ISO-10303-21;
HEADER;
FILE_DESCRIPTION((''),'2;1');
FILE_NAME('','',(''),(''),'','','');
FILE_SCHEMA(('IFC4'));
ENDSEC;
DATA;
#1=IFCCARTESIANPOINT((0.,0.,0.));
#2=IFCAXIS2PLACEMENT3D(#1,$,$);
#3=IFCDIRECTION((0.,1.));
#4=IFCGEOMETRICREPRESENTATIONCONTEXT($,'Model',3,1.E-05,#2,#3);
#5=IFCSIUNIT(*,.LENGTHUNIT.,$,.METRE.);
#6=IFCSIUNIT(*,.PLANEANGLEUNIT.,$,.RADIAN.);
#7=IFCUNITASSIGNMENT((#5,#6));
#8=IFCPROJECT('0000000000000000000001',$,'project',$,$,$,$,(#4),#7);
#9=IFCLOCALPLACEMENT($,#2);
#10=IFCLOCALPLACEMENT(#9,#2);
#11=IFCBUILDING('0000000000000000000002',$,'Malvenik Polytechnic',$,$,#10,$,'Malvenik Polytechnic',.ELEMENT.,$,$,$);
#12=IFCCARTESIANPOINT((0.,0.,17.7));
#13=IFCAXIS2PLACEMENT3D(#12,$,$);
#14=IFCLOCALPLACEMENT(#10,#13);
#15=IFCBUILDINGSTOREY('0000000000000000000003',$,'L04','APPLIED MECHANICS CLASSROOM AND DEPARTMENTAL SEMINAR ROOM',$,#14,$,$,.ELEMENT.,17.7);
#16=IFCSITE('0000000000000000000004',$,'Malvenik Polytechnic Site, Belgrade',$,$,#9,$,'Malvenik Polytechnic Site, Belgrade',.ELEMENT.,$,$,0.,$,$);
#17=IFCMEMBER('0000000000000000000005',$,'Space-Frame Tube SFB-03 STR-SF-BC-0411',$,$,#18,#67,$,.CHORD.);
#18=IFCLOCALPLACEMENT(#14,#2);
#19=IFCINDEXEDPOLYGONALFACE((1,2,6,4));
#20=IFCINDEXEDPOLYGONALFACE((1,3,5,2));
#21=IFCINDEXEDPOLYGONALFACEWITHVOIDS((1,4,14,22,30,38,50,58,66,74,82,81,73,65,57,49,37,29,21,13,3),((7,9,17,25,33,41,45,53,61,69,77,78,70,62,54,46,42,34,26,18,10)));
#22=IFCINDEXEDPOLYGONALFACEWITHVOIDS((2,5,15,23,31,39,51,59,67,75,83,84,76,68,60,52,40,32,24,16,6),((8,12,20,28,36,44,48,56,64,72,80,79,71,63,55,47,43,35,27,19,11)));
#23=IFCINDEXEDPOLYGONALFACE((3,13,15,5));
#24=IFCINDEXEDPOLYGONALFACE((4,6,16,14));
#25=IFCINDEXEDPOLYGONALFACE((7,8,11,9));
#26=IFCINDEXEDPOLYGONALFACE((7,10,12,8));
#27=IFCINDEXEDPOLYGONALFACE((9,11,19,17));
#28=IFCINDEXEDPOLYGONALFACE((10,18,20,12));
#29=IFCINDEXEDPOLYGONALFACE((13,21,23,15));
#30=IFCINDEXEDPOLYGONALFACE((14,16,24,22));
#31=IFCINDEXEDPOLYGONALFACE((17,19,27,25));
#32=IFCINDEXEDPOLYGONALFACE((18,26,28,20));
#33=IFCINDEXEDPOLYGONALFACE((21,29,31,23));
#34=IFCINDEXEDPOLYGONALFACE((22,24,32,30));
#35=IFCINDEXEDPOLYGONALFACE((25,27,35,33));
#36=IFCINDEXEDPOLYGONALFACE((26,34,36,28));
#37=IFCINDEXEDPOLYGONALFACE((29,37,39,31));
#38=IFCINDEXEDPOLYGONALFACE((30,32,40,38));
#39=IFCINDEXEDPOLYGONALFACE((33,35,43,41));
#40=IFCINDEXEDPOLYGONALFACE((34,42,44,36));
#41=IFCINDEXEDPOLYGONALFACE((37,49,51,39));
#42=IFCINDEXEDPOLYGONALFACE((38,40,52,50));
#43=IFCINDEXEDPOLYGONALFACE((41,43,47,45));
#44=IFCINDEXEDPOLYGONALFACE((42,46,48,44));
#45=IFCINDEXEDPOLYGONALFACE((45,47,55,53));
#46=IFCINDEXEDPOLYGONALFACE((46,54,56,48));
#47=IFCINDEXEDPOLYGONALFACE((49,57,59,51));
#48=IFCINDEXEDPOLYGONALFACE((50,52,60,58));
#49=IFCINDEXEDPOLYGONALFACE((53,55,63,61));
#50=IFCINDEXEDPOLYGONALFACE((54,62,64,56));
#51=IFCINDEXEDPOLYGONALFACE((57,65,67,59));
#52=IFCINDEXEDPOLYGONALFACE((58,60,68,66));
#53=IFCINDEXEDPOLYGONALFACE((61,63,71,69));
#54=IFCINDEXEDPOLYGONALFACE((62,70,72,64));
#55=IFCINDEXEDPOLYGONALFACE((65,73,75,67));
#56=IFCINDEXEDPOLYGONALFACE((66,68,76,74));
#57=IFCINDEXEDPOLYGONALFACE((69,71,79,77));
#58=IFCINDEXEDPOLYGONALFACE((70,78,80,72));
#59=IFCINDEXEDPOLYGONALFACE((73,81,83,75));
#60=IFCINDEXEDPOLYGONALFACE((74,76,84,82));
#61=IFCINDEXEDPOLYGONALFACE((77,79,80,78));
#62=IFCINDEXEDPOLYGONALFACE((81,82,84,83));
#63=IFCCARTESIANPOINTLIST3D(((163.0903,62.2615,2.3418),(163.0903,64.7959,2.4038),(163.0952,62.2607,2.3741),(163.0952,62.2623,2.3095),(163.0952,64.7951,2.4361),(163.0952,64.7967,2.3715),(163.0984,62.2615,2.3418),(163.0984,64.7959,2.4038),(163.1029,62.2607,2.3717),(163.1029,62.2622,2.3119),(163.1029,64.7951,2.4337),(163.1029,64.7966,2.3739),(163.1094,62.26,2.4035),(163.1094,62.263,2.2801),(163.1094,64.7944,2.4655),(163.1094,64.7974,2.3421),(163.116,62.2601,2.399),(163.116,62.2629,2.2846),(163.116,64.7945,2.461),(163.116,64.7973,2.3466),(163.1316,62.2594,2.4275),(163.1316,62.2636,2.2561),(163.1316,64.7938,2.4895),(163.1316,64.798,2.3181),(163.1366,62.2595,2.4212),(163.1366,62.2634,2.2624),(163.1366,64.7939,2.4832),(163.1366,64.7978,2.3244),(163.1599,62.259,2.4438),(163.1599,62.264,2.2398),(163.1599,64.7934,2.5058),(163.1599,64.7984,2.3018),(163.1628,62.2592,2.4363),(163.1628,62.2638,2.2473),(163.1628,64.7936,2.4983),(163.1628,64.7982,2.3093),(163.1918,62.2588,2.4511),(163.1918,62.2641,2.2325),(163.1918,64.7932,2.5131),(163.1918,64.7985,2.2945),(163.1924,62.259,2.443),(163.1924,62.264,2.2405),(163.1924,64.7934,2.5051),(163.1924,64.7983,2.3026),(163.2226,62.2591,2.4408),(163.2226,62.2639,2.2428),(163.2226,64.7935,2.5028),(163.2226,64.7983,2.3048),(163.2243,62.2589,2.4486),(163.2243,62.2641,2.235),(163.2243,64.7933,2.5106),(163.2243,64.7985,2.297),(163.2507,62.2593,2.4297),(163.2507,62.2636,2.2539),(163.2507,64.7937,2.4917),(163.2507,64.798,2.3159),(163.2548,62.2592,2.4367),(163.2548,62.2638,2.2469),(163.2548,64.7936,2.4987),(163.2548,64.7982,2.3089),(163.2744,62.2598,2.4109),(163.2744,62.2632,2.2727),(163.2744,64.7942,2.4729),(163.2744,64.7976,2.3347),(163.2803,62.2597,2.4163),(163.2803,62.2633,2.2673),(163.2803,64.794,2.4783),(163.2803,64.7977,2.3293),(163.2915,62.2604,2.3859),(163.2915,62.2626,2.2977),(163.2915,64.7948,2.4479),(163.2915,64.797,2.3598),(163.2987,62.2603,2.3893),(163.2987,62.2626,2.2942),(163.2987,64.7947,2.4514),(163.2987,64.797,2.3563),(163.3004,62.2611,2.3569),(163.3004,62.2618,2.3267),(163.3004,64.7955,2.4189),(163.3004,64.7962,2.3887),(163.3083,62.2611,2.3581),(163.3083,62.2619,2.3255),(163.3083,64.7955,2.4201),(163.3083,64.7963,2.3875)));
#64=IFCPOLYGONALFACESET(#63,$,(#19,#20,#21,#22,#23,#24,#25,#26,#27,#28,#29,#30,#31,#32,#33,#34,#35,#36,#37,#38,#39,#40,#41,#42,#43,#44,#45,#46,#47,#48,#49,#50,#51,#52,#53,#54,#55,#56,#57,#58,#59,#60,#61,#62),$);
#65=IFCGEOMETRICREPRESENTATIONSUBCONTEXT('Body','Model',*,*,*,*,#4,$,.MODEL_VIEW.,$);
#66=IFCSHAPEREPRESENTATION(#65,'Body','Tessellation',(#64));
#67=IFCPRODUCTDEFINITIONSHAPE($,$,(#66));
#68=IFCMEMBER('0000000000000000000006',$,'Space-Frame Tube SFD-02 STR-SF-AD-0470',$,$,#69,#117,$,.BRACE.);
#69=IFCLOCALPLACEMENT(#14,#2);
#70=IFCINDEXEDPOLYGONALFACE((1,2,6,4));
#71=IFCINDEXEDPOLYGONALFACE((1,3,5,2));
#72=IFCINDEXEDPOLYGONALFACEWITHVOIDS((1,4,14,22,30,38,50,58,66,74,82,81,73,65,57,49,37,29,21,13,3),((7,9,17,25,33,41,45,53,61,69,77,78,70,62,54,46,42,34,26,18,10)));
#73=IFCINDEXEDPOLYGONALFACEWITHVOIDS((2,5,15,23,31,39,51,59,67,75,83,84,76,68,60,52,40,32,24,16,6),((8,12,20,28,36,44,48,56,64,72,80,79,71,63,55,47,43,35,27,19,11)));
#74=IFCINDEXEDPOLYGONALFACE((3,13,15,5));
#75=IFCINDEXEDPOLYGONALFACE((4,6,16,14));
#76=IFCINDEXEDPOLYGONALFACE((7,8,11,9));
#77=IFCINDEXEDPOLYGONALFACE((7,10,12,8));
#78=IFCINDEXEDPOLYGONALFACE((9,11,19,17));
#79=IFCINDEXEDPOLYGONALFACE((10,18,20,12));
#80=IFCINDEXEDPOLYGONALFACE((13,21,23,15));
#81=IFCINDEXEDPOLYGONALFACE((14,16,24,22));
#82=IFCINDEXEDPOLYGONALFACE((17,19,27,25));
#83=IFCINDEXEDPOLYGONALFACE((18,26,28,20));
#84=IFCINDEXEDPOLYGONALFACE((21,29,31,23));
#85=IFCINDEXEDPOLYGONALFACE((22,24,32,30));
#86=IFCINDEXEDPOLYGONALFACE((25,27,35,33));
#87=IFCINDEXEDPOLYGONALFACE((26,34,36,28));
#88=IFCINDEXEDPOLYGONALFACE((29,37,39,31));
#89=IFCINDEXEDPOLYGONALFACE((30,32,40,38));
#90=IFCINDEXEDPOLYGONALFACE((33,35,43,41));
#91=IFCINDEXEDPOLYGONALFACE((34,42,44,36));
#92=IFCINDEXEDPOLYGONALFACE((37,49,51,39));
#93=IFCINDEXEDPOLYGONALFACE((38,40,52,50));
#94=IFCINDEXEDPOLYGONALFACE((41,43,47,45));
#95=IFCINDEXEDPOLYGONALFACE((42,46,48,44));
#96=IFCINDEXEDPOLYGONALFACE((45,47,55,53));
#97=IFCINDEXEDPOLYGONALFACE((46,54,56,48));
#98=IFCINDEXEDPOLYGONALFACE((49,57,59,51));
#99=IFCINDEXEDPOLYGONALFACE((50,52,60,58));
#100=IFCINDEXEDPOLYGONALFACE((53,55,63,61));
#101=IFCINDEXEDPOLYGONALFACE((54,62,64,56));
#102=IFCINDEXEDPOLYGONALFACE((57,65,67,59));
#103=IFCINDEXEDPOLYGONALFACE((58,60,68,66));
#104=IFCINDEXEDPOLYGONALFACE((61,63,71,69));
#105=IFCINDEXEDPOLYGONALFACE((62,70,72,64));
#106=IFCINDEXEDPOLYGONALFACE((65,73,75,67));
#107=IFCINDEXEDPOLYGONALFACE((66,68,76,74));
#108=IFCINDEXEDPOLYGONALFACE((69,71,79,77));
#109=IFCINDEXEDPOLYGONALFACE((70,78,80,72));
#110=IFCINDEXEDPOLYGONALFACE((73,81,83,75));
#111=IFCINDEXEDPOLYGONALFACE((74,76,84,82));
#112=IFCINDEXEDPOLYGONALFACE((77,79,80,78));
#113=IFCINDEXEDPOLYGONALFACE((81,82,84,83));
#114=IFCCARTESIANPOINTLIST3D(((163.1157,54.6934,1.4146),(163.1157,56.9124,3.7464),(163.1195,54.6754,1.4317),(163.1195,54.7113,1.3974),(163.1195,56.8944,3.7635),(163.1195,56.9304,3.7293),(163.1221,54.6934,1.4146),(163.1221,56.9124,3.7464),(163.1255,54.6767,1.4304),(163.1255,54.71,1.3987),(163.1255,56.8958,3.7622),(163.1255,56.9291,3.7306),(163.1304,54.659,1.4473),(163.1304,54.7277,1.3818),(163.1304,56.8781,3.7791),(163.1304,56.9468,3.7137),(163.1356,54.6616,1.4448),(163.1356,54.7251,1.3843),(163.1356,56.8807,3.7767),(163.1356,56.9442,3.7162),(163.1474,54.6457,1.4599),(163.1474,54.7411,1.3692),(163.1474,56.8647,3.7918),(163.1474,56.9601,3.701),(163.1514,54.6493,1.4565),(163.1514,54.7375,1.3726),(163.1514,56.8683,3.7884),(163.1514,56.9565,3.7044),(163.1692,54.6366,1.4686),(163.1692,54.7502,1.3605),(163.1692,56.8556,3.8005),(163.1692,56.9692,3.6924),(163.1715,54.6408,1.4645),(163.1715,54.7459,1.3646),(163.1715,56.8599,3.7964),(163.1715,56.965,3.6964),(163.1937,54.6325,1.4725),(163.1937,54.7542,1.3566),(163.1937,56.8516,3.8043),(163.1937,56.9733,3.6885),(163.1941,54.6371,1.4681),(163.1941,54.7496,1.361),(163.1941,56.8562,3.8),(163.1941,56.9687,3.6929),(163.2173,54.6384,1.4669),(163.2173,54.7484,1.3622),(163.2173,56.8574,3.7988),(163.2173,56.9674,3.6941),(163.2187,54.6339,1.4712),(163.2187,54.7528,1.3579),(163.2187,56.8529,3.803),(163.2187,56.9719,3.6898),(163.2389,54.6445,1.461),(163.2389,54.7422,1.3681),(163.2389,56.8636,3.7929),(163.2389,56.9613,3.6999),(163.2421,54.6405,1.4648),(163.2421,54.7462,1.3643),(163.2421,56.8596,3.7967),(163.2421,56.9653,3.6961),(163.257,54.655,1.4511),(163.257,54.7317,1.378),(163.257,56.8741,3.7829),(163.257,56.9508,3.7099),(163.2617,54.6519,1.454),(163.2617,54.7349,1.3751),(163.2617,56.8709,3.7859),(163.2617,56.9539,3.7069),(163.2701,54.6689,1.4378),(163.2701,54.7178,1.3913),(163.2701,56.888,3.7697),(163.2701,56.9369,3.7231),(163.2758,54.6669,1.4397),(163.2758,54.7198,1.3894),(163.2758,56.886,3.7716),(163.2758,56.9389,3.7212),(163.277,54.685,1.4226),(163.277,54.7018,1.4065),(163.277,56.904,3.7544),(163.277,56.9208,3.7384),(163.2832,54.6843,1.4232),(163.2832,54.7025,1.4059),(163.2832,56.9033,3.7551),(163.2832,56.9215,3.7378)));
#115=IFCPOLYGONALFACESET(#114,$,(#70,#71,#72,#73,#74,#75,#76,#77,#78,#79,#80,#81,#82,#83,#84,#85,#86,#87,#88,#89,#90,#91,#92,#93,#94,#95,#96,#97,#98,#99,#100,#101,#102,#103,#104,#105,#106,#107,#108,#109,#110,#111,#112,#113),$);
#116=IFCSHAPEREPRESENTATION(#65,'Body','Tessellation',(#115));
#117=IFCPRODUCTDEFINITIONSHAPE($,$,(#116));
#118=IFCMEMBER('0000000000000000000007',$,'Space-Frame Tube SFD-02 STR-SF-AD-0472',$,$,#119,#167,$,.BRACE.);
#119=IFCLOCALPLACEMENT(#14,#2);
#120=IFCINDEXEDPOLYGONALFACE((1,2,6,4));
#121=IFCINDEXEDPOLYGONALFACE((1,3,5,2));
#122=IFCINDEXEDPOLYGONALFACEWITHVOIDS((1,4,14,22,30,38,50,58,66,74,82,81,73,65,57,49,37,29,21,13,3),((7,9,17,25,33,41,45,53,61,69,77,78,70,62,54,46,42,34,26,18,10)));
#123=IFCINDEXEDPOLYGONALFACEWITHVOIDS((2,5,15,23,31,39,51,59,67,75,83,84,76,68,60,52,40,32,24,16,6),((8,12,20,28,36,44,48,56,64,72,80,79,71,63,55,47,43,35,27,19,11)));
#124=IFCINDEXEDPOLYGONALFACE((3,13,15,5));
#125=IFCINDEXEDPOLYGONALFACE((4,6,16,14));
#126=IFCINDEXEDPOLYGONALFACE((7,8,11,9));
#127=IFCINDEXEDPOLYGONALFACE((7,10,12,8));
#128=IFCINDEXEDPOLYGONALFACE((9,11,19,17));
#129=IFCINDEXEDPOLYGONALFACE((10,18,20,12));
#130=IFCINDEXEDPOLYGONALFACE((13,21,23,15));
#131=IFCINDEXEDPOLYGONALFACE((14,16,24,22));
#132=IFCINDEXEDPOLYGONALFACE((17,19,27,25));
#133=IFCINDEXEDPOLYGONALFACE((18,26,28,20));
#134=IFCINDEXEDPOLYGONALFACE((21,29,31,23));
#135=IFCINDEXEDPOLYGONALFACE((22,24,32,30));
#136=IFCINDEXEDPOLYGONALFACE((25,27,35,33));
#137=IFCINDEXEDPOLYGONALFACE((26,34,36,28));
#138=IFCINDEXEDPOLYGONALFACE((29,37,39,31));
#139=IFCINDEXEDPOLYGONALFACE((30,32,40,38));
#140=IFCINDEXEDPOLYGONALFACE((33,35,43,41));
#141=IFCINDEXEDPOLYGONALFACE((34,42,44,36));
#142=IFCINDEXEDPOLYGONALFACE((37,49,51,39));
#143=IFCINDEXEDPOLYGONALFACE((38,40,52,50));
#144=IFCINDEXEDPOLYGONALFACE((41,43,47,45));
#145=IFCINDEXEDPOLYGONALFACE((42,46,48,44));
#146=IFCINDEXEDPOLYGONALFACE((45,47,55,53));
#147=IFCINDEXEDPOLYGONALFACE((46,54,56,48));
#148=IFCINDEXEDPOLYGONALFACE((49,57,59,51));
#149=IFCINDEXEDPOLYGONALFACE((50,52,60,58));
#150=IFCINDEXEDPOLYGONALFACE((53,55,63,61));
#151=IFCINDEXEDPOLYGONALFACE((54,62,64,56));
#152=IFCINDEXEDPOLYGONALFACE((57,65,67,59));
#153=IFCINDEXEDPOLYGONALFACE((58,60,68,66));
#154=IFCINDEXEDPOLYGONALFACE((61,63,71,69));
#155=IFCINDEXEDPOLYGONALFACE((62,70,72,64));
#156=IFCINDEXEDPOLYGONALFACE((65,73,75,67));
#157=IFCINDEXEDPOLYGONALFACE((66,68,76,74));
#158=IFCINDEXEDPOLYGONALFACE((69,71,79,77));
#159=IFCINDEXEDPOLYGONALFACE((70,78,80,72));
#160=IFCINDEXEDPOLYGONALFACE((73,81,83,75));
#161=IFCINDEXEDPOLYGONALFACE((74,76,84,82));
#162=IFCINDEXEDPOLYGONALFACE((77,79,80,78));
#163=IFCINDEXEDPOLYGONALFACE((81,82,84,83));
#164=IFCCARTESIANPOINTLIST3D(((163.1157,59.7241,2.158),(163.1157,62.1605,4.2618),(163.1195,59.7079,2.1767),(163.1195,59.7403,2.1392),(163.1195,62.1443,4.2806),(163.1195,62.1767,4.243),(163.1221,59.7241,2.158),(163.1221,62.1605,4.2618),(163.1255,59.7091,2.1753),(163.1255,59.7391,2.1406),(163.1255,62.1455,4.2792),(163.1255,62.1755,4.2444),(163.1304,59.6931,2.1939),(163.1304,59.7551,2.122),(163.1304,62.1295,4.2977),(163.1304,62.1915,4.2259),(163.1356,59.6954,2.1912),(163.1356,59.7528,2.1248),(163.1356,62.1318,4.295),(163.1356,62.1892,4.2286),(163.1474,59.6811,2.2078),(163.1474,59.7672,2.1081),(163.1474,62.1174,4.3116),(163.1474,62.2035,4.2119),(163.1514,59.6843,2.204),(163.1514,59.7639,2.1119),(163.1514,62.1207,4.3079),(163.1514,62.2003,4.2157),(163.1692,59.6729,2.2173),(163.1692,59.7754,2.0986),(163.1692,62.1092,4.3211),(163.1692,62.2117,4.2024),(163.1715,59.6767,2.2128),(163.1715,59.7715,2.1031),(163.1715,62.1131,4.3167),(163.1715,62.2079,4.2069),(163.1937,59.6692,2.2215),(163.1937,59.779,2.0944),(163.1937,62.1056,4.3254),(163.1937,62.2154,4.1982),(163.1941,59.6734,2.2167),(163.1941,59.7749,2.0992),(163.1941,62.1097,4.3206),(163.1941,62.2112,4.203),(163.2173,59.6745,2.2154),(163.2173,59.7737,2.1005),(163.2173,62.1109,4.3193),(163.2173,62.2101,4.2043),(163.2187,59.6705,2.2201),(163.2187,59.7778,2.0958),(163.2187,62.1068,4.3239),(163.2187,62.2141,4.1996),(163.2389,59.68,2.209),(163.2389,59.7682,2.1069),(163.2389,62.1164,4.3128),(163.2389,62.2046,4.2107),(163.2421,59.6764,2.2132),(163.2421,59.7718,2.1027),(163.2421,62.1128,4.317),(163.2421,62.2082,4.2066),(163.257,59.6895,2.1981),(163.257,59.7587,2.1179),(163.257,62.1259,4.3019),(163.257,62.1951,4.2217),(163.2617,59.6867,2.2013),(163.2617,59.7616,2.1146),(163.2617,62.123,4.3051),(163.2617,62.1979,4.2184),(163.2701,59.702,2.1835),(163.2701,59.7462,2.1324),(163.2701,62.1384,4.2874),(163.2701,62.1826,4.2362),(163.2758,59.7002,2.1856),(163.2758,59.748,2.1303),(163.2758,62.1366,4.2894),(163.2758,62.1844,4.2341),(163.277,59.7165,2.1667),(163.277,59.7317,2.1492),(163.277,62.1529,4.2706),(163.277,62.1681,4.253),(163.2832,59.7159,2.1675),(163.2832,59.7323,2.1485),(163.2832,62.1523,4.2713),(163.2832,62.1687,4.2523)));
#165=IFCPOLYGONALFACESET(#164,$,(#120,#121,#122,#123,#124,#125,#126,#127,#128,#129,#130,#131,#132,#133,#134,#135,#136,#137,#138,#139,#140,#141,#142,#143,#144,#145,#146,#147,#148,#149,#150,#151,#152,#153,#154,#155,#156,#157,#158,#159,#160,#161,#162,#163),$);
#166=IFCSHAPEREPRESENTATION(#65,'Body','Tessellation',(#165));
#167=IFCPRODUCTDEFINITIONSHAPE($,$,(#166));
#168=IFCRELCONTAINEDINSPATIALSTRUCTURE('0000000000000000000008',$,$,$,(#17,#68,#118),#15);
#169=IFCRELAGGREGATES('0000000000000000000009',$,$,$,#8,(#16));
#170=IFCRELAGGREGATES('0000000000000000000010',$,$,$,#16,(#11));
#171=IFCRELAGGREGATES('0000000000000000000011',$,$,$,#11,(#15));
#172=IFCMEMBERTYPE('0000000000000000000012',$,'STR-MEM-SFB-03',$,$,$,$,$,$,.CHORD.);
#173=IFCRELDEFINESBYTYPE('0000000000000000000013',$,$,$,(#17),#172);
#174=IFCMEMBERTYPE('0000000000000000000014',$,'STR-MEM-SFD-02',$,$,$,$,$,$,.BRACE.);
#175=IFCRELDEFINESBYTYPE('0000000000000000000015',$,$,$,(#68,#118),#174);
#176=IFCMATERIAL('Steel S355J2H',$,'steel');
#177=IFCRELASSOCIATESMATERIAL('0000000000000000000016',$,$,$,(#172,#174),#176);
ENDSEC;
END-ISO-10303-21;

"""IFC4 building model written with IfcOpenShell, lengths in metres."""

from ifc_helpers import new_model, si_unit, direction, frame, origin, origin_2d, place, context, subcontext, project, spatial, hollow_circle, extrude, material, material_profile, profile_set, type_object, element, save


model = new_model("IFC4")

# Units and contexts
model_context = context("Model", 3, precision=1e-05, world=origin(), true_north=direction((0.0, 1.0)))
body_context = subcontext(model_context, "Body", "Model", "MODEL_VIEW")
ifc_project = project(units=[si_unit("LENGTHUNIT", "METRE"), si_unit("PLANEANGLEUNIT", "RADIAN")], contexts=[model_context])

# Site, building, storey
site_placement = place(None, origin())
site = spatial("IfcSite", under=ifc_project, at=site_placement, Name="Malvenik Polytechnic Site, Belgrade", LongName="Malvenik Polytechnic Site, Belgrade", CompositionType="ELEMENT", RefElevation=0.0)
building_placement = place(site_placement, origin())
building = spatial("IfcBuilding", under=site, at=building_placement, Name="Malvenik Polytechnic", LongName="Malvenik Polytechnic", CompositionType="ELEMENT")
storey_placement = place(building_placement, frame((0.0, 0.0, 17.7)))
storey = spatial("IfcBuildingStorey", under=building, at=storey_placement, Name="L04", Description="APPLIED MECHANICS CLASSROOM AND DEPARTMENTAL SEMINAR ROOM", CompositionType="ELEMENT", Elevation=17.7)

# Members
ifc_material_1 = material(Name="Steel S355J2H", Category="steel")
ifc_material_profile_1 = material_profile(ifc_material_1, hollow_circle(Radius=0.1096, WallThickness=0.0081, at=origin_2d()), Name="CHS 219.1x8.0")
ifc_profile_set_1 = profile_set([ifc_material_profile_1], Name="Steel S355J2H")
member_type_1 = type_object("IfcMemberType", Name="STR-MEM-SFB-03", PredefinedType="CHORD", material=ifc_profile_set_1)
for number, where, z_axis, x_axis, name in (
    (1, (163.2, 62.2615, 2.3418), (0.0, 0.999701, 0.02446), (-1.0, 0.0, 0.0), "Space-Frame Tube SFB-03 STR-SF-BC-0411"),
):
    element("IfcMember", number, at=place(storey_placement, frame(where, z_axis=z_axis, x_axis=x_axis)), inside=storey, type_object=member_type_1, Name=name, PredefinedType="CHORD", context=body_context, shape_type="SweptSolid", body=[
        extrude(hollow_circle(Radius=0.1096, WallThickness=0.0081, at=origin_2d()), origin(), (0.0, 0.0, 1.0), 2.5352),
    ])
ifc_material_profile_2 = material_profile(ifc_material_1, hollow_circle(Radius=0.0842, WallThickness=0.0063, at=origin_2d()), Name="CHS 168.3x6.3")
ifc_profile_set_2 = profile_set([ifc_material_profile_2], Name="Steel S355J2H")
member_type_2 = type_object("IfcMemberType", Name="STR-MEM-SFD-02", PredefinedType="BRACE", material=ifc_profile_set_2)
for number, where, z_axis, x_axis, name in (
    (2, (163.2, 54.6934, 1.4146), (0.0, 0.689369, 0.72441), (-1.0, 0.0, 0.0), "Space-Frame Tube SFD-02 STR-SF-AD-0470"),
    (3, (163.2, 59.7241, 2.158), (0.0, 0.756869, 0.653567), (-1.0, 0.0, 0.0), "Space-Frame Tube SFD-02 STR-SF-AD-0472"),
):
    element("IfcMember", number, at=place(storey_placement, frame(where, z_axis=z_axis, x_axis=x_axis)), inside=storey, type_object=member_type_2, Name=name, PredefinedType="BRACE", context=body_context, shape_type="SweptSolid", body=[
        extrude(hollow_circle(Radius=0.0842, WallThickness=0.0063, at=origin_2d()), origin(), (0.0, 0.0, 1.0), 3.219),
    ])

save(model, "model.ifc")
